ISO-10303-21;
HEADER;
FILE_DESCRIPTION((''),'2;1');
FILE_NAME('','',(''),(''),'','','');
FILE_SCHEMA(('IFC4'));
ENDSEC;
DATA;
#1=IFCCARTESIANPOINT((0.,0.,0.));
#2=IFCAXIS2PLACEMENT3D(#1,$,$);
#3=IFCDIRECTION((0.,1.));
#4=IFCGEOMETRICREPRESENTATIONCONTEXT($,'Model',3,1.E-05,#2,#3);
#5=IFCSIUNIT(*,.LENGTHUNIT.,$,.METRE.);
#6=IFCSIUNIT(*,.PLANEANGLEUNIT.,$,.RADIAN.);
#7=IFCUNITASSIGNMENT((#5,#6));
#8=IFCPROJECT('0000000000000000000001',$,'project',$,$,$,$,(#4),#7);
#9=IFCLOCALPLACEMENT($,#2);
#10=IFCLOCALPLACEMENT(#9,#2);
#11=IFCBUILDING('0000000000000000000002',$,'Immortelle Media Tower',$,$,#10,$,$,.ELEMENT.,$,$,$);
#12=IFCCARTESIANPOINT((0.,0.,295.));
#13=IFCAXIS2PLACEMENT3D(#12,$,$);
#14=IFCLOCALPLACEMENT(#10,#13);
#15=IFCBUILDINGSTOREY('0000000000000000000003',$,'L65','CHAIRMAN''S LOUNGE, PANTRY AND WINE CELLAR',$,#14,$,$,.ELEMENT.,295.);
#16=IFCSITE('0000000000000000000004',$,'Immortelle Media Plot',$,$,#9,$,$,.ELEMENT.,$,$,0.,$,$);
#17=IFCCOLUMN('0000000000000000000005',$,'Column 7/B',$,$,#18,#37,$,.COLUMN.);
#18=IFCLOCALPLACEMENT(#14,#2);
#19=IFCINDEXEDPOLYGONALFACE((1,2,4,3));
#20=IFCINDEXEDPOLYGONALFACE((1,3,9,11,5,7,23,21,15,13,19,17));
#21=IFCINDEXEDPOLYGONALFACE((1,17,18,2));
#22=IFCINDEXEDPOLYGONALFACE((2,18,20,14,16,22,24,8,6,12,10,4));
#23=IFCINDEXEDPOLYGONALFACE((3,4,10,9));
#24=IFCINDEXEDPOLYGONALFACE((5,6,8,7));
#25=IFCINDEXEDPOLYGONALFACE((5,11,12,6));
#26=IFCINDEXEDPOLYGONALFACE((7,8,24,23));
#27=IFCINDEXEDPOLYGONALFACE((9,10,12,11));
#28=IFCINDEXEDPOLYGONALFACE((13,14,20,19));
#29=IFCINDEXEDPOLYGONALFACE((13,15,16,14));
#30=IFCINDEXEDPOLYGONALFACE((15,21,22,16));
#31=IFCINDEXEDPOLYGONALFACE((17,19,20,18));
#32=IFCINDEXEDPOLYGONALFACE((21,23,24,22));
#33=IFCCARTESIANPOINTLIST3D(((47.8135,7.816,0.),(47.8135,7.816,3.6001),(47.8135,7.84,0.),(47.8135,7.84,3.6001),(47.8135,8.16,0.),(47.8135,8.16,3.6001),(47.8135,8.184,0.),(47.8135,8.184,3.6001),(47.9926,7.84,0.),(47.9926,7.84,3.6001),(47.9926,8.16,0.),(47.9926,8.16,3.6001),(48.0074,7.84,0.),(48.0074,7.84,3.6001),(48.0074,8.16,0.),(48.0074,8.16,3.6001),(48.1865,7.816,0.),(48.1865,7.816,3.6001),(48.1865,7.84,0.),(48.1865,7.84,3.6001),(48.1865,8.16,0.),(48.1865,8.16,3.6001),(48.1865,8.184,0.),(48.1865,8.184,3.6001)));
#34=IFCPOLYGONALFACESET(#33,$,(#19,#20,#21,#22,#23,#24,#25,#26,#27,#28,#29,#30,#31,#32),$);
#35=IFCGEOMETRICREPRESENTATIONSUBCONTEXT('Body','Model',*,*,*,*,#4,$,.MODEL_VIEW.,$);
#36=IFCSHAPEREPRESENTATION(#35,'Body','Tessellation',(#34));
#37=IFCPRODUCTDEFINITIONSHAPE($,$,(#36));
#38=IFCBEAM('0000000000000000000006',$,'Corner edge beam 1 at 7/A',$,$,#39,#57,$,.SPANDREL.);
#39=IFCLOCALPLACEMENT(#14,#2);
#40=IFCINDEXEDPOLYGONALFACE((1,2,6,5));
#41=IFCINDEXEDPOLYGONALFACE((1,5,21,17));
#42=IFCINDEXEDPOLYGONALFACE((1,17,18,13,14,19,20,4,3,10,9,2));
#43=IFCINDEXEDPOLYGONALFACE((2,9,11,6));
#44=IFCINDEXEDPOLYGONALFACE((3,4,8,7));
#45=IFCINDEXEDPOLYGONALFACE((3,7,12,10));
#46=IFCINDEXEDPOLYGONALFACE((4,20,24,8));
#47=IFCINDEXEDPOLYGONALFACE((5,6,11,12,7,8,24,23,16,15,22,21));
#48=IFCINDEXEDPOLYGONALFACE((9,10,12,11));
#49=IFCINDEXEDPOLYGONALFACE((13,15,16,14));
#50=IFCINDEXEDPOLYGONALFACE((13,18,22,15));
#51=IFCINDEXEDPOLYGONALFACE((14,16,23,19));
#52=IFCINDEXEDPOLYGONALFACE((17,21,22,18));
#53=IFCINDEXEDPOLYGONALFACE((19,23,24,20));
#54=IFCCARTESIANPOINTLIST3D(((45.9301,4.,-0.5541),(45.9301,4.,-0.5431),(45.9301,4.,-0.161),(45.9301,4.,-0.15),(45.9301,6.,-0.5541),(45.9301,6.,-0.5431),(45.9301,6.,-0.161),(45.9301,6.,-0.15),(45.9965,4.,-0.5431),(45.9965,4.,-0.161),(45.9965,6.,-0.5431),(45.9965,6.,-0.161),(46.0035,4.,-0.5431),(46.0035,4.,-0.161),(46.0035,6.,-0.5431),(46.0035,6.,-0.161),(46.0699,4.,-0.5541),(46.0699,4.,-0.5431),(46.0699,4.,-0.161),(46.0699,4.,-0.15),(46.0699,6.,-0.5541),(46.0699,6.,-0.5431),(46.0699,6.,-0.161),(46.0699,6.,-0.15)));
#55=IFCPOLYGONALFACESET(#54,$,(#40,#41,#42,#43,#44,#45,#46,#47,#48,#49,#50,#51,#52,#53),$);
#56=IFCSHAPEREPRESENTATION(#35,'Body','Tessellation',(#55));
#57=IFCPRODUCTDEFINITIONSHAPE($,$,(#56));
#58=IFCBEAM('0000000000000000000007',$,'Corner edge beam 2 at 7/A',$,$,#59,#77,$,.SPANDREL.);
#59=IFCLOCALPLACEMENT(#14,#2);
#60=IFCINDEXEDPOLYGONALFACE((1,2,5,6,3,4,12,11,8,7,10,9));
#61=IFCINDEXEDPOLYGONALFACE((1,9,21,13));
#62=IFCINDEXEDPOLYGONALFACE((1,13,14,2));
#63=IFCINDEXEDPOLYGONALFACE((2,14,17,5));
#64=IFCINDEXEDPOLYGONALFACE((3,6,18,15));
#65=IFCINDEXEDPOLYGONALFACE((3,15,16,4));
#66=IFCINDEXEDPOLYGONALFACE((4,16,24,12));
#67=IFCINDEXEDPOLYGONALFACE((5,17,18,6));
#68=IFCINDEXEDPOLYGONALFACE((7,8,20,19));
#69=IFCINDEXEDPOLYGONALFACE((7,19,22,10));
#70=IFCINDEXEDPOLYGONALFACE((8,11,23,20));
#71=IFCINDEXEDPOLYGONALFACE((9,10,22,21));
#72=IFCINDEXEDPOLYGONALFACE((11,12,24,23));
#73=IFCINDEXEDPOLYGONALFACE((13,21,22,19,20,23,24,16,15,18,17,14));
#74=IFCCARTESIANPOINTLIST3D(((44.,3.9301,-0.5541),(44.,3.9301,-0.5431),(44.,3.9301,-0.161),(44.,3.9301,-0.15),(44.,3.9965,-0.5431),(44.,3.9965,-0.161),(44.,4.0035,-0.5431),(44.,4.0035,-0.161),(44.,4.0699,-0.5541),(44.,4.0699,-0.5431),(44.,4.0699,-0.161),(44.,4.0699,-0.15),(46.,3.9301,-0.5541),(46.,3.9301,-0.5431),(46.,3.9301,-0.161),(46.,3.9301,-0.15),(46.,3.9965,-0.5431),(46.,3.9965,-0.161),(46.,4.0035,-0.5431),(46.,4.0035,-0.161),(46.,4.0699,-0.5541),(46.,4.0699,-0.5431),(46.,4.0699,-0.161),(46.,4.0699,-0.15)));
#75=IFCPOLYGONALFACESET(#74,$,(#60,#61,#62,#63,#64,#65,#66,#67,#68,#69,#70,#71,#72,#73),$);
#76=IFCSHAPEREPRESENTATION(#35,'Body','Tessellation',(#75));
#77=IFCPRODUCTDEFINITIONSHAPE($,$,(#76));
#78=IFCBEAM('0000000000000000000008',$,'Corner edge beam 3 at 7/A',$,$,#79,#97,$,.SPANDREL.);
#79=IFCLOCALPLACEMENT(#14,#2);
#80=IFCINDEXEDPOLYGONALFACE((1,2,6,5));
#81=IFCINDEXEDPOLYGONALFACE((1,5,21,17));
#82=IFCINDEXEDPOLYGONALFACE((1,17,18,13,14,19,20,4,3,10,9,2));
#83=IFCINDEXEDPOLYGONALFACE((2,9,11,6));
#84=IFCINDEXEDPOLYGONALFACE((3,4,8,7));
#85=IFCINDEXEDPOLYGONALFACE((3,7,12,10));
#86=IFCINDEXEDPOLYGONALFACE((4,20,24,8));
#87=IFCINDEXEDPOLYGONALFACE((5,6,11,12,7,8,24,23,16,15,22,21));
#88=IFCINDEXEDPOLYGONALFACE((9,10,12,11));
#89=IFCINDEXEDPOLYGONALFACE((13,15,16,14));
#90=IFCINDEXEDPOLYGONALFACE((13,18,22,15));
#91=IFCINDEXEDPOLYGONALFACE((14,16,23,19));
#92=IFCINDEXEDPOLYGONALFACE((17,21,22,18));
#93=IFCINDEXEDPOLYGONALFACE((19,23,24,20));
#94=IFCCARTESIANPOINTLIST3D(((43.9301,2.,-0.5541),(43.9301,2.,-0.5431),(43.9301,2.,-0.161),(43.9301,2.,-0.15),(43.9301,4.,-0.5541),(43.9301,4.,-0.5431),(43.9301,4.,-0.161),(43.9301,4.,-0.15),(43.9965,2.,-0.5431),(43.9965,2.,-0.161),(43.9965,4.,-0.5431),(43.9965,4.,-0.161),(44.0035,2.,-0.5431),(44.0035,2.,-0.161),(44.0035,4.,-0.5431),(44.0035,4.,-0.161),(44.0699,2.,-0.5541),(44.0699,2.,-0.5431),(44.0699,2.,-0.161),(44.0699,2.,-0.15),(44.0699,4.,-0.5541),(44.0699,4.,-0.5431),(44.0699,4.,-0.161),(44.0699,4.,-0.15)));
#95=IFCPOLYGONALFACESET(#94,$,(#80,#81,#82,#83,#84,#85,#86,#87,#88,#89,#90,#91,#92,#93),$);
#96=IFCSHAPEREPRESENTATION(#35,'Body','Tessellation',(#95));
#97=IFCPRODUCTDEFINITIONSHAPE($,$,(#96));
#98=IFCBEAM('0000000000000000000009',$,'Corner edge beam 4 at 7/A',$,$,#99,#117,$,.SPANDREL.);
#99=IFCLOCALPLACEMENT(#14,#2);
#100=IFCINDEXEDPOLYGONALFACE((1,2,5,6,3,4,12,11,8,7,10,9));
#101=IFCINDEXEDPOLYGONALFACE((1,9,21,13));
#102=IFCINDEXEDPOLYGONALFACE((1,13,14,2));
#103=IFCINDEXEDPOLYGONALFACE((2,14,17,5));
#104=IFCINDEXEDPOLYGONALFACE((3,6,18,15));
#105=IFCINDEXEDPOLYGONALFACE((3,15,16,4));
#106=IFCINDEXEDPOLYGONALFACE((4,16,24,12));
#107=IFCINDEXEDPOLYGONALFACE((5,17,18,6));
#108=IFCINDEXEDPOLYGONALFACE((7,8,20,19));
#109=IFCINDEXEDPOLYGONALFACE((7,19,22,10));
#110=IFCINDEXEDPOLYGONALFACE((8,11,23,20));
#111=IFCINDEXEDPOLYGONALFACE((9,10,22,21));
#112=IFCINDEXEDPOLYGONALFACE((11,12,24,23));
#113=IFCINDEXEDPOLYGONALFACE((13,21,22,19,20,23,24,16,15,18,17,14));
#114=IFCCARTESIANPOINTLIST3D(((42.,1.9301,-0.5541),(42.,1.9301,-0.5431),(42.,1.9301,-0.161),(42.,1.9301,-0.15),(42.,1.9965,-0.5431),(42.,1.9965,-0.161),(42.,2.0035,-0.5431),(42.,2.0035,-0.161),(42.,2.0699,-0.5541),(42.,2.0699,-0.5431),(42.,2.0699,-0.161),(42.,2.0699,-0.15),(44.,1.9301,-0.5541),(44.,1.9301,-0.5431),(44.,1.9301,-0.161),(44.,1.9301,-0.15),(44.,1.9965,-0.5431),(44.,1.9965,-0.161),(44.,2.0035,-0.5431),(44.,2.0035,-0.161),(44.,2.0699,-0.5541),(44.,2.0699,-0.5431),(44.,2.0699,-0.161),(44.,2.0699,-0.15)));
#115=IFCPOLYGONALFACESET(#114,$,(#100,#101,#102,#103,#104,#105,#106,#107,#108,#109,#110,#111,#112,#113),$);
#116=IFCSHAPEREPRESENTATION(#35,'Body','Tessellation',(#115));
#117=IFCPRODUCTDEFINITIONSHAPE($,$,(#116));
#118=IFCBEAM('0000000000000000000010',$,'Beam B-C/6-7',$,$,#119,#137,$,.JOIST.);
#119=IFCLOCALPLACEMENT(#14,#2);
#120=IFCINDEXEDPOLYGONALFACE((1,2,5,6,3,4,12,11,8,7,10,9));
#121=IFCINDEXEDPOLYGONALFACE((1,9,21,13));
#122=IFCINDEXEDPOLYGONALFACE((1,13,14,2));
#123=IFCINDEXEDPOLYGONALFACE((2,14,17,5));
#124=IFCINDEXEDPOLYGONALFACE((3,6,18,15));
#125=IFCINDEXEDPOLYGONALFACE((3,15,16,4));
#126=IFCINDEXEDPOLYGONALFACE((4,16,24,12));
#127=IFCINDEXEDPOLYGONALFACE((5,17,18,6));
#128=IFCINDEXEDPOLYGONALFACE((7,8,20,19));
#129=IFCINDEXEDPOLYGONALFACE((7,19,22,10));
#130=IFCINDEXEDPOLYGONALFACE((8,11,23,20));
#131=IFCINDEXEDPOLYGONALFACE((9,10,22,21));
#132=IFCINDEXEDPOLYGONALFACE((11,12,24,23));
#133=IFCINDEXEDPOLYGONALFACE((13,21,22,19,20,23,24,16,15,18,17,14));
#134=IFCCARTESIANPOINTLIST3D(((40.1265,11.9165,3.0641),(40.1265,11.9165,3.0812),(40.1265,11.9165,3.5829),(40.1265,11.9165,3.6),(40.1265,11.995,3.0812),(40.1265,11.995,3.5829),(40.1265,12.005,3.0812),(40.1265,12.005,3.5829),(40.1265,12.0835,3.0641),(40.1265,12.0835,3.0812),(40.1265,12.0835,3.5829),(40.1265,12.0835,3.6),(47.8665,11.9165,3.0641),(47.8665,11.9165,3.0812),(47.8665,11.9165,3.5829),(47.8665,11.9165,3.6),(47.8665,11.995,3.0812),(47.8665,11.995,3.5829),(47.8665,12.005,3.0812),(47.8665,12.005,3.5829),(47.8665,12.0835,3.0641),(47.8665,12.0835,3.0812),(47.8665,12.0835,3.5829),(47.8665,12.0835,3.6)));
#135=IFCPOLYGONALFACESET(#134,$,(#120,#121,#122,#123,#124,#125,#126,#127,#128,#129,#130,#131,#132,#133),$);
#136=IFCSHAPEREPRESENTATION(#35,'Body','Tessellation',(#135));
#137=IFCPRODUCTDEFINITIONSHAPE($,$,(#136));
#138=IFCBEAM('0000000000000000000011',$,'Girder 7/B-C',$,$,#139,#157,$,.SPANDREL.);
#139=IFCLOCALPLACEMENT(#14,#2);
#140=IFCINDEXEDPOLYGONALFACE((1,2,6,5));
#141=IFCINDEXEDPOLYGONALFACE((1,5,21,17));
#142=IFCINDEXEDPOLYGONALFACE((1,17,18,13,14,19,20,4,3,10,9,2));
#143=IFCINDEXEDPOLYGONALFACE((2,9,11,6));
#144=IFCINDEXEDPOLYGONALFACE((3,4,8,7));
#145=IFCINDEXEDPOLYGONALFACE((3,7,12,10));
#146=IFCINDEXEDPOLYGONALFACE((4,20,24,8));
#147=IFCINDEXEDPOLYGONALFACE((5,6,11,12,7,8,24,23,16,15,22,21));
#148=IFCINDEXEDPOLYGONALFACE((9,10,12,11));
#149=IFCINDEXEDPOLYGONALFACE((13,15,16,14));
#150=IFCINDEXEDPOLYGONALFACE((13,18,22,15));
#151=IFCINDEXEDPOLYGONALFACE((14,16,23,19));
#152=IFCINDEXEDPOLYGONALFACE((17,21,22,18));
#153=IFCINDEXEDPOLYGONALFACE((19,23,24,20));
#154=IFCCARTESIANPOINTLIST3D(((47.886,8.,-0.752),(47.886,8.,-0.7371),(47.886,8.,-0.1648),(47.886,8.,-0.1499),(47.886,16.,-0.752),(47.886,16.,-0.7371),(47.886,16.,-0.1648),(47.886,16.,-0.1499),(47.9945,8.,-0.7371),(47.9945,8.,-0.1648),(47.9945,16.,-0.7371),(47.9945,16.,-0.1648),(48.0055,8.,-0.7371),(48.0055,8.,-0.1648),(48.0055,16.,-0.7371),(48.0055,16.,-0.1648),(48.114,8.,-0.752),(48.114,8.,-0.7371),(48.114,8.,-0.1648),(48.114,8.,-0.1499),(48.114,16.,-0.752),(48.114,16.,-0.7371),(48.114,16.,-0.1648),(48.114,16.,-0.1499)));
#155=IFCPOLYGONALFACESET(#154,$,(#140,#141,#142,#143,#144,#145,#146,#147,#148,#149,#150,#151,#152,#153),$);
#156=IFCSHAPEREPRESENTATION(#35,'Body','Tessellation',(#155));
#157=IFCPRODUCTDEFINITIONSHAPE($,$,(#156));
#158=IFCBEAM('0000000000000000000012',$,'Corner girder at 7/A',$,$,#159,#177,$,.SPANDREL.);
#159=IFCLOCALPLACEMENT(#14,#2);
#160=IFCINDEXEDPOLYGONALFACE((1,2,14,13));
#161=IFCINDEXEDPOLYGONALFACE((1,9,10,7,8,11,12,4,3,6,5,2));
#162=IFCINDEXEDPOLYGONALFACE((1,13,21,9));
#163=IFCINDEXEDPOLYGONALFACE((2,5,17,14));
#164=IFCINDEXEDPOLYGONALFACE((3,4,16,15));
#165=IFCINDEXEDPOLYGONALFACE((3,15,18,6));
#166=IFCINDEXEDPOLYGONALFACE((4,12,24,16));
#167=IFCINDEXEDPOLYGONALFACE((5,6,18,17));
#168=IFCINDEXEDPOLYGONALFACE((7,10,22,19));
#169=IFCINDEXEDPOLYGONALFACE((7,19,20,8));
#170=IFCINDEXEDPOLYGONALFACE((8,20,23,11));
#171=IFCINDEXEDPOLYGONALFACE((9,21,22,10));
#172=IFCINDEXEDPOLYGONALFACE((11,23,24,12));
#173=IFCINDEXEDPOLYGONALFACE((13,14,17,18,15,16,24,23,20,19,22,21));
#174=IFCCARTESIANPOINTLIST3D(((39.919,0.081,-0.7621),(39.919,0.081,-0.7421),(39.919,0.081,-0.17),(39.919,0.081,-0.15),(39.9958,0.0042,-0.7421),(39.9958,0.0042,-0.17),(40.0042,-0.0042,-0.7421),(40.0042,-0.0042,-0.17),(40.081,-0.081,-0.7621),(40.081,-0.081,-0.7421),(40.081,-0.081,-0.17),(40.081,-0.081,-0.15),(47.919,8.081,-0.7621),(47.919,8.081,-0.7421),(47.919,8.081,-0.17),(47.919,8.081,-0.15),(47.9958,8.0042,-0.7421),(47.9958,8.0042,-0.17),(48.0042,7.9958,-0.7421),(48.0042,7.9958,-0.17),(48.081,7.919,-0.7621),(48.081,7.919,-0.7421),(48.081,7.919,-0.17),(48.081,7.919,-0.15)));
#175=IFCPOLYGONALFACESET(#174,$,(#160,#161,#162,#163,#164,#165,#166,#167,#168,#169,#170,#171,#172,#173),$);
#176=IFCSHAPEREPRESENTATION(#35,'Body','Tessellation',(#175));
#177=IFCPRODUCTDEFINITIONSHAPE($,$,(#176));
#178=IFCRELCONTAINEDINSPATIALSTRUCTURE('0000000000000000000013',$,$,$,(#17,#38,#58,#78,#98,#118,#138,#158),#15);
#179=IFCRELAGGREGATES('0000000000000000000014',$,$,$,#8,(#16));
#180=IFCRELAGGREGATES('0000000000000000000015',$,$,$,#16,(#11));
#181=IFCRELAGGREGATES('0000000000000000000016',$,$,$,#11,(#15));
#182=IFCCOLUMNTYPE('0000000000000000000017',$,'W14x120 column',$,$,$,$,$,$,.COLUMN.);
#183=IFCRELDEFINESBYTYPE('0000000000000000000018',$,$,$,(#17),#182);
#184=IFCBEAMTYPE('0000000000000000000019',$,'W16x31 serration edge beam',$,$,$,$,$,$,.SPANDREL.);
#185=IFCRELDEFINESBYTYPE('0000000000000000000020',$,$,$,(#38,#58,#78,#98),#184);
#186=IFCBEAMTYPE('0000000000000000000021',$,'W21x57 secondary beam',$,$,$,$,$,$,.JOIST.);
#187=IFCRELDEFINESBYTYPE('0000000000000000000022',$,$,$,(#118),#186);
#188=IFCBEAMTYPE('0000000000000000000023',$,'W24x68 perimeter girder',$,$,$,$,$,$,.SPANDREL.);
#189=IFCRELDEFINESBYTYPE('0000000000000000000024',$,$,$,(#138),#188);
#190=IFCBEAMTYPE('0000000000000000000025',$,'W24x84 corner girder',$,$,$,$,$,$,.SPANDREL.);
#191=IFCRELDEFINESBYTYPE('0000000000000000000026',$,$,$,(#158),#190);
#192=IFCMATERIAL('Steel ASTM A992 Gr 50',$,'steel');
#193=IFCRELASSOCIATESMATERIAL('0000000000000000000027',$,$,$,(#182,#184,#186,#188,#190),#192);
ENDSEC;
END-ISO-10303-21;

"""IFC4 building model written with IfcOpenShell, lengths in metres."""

from ifc_helpers import new_model, si_unit, direction, frame, origin, origin_2d, place, context, subcontext, project, spatial, i_section, extrude, material, material_profile, profile_set, type_object, element, save


model = new_model("IFC4")

# Units and contexts
model_context = context("Model", 3, precision=1e-05, world=origin(), true_north=direction((0.0, 1.0)))
body_context = subcontext(model_context, "Body", "Model", "MODEL_VIEW")
ifc_project = project(units=[si_unit("LENGTHUNIT", "METRE"), si_unit("PLANEANGLEUNIT", "RADIAN")], contexts=[model_context])

# Site, building, storey
site_placement = place(None, origin())
site = spatial("IfcSite", under=ifc_project, at=site_placement, Name="Immortelle Media Plot", CompositionType="ELEMENT", RefElevation=0.0)
building_placement = place(site_placement, origin())
building = spatial("IfcBuilding", under=site, at=building_placement, Name="Immortelle Media Tower", CompositionType="ELEMENT")
storey_placement = place(building_placement, frame((0.0, 0.0, 295.0)))
storey = spatial("IfcBuildingStorey", under=building, at=storey_placement, Name="L65", Description="CHAIRMAN'S LOUNGE, PANTRY AND WINE CELLAR", CompositionType="ELEMENT", Elevation=295.0)

# Column
ifc_material_1 = material(Name="Steel ASTM A992 Gr 50", Category="steel")
ifc_material_profile_1 = material_profile(ifc_material_1, i_section(OverallWidth=0.373, OverallDepth=0.3679, WebThickness=0.0149, FlangeThickness=0.0239, at=origin_2d()), Name="W14x120")
ifc_profile_set_1 = profile_set([ifc_material_profile_1], Name="Steel ASTM A992 Gr 50")
column_type = type_object("IfcColumnType", Name="W14x120 column", PredefinedType="COLUMN", material=ifc_profile_set_1)
column_placement = place(storey_placement, frame((48.0, 8.0, 0.0), z_axis=(0.0, 0.0, 1.0), x_axis=(1.0, 0.0, 0.0)))
element("IfcColumn", 1, at=column_placement, inside=storey, type_object=column_type, Name="Column 7/B", PredefinedType="COLUMN", context=body_context, shape_type="SweptSolid", body=[
    extrude(i_section(OverallWidth=0.373, OverallDepth=0.3679, WebThickness=0.0149, FlangeThickness=0.0239, at=origin_2d()), origin(), (0.0, 0.0, 1.0), 3.6001),
])

# Beams
ifc_material_profile_2 = material_profile(ifc_material_1, i_section(OverallWidth=0.1399, OverallDepth=0.4041, WebThickness=0.0071, FlangeThickness=0.011, at=origin_2d()), Name="W16x31")
ifc_profile_set_2 = profile_set([ifc_material_profile_2], Name="Steel ASTM A992 Gr 50")
beam_type_1 = type_object("IfcBeamType", Name="W16x31 serration edge beam", PredefinedType="SPANDREL", material=ifc_profile_set_2)
for number, where, z_axis, x_axis, name in (
    (2, (46.0, 6.0, -0.3521), (0.0, -1.0, 0.0), (1.0, 0.0, 0.0), "Corner edge beam 1 at 7/A"),
    (3, (46.0, 4.0, -0.3521), (-1.0, 0.0, 0.0), (0.0, -1.0, 0.0), "Corner edge beam 2 at 7/A"),
    (4, (44.0, 4.0, -0.3521), (0.0, -1.0, 0.0), (1.0, 0.0, 0.0), "Corner edge beam 3 at 7/A"),
    (5, (44.0, 2.0, -0.3521), (-1.0, 0.0, 0.0), (0.0, -1.0, 0.0), "Corner edge beam 4 at 7/A"),
):
    element("IfcBeam", number, at=place(storey_placement, frame(where, z_axis=z_axis, x_axis=x_axis)), inside=storey, type_object=beam_type_1, Name=name, PredefinedType="SPANDREL", context=body_context, shape_type="SweptSolid", body=[
        extrude(i_section(OverallWidth=0.1399, OverallDepth=0.4041, WebThickness=0.0071, FlangeThickness=0.011, at=origin_2d()), origin(), (0.0, 0.0, 1.0), 2.0),
    ])
ifc_material_profile_3 = material_profile(ifc_material_1, i_section(OverallWidth=0.167, OverallDepth=0.5359, WebThickness=0.01, FlangeThickness=0.0171, at=origin_2d()), Name="W21x57")
ifc_profile_set_3 = profile_set([ifc_material_profile_3], Name="Steel ASTM A992 Gr 50")
beam_type_2 = type_object("IfcBeamType", Name="W21x57 secondary beam", PredefinedType="JOIST", material=ifc_profile_set_3)
beam_1_placement = place(storey_placement, frame((40.1265, 12.0, 3.332), z_axis=(1.0, 0.0, 0.0), x_axis=(0.0, 1.0, 0.0)))
element("IfcBeam", 6, at=beam_1_placement, inside=storey, type_object=beam_type_2, Name="Beam B-C/6-7", PredefinedType="JOIST", context=body_context, shape_type="SweptSolid", body=[
    extrude(i_section(OverallWidth=0.167, OverallDepth=0.5359, WebThickness=0.01, FlangeThickness=0.0171, at=origin_2d()), origin(), (0.0, 0.0, 1.0), 7.74),
])
ifc_material_profile_4 = material_profile(ifc_material_1, i_section(OverallWidth=0.228, OverallDepth=0.6021, WebThickness=0.011, FlangeThickness=0.0149, at=origin_2d()), Name="W24x68")
ifc_profile_set_4 = profile_set([ifc_material_profile_4], Name="Steel ASTM A992 Gr 50")
beam_type_3 = type_object("IfcBeamType", Name="W24x68 perimeter girder", PredefinedType="SPANDREL", material=ifc_profile_set_4)
beam_2_placement = place(storey_placement, frame((48.0, 8.0, -0.4509), z_axis=(0.0, 1.0, 0.0), x_axis=(-1.0, 0.0, 0.0)))
element("IfcBeam", 7, at=beam_2_placement, inside=storey, type_object=beam_type_3, Name="Girder 7/B-C", PredefinedType="SPANDREL", context=body_context, shape_type="SweptSolid", body=[
    extrude(i_section(OverallWidth=0.228, OverallDepth=0.6021, WebThickness=0.011, FlangeThickness=0.0149, at=origin_2d()), origin(), (0.0, 0.0, 1.0), 8.0),
])
ifc_material_profile_5 = material_profile(ifc_material_1, i_section(OverallWidth=0.229, OverallDepth=0.6121, WebThickness=0.012, FlangeThickness=0.02, at=origin_2d()), Name="W24x84")
ifc_profile_set_5 = profile_set([ifc_material_profile_5], Name="Steel ASTM A992 Gr 50")
beam_type_4 = type_object("IfcBeamType", Name="W24x84 corner girder", PredefinedType="SPANDREL", material=ifc_profile_set_5)
beam_3_placement = place(storey_placement, frame((48.0, 8.0, -0.4561), z_axis=(-0.707107, -0.707107, 0.0), x_axis=(0.707107, -0.707107, 0.0)))
element("IfcBeam", 8, at=beam_3_placement, inside=storey, type_object=beam_type_4, Name="Corner girder at 7/A", PredefinedType="SPANDREL", context=body_context, shape_type="SweptSolid", body=[
    extrude(i_section(OverallWidth=0.229, OverallDepth=0.6121, WebThickness=0.012, FlangeThickness=0.02, at=origin_2d()), origin(), (0.0, 0.0, 1.0), 11.3137),
])

save(model, "model.ifc")
